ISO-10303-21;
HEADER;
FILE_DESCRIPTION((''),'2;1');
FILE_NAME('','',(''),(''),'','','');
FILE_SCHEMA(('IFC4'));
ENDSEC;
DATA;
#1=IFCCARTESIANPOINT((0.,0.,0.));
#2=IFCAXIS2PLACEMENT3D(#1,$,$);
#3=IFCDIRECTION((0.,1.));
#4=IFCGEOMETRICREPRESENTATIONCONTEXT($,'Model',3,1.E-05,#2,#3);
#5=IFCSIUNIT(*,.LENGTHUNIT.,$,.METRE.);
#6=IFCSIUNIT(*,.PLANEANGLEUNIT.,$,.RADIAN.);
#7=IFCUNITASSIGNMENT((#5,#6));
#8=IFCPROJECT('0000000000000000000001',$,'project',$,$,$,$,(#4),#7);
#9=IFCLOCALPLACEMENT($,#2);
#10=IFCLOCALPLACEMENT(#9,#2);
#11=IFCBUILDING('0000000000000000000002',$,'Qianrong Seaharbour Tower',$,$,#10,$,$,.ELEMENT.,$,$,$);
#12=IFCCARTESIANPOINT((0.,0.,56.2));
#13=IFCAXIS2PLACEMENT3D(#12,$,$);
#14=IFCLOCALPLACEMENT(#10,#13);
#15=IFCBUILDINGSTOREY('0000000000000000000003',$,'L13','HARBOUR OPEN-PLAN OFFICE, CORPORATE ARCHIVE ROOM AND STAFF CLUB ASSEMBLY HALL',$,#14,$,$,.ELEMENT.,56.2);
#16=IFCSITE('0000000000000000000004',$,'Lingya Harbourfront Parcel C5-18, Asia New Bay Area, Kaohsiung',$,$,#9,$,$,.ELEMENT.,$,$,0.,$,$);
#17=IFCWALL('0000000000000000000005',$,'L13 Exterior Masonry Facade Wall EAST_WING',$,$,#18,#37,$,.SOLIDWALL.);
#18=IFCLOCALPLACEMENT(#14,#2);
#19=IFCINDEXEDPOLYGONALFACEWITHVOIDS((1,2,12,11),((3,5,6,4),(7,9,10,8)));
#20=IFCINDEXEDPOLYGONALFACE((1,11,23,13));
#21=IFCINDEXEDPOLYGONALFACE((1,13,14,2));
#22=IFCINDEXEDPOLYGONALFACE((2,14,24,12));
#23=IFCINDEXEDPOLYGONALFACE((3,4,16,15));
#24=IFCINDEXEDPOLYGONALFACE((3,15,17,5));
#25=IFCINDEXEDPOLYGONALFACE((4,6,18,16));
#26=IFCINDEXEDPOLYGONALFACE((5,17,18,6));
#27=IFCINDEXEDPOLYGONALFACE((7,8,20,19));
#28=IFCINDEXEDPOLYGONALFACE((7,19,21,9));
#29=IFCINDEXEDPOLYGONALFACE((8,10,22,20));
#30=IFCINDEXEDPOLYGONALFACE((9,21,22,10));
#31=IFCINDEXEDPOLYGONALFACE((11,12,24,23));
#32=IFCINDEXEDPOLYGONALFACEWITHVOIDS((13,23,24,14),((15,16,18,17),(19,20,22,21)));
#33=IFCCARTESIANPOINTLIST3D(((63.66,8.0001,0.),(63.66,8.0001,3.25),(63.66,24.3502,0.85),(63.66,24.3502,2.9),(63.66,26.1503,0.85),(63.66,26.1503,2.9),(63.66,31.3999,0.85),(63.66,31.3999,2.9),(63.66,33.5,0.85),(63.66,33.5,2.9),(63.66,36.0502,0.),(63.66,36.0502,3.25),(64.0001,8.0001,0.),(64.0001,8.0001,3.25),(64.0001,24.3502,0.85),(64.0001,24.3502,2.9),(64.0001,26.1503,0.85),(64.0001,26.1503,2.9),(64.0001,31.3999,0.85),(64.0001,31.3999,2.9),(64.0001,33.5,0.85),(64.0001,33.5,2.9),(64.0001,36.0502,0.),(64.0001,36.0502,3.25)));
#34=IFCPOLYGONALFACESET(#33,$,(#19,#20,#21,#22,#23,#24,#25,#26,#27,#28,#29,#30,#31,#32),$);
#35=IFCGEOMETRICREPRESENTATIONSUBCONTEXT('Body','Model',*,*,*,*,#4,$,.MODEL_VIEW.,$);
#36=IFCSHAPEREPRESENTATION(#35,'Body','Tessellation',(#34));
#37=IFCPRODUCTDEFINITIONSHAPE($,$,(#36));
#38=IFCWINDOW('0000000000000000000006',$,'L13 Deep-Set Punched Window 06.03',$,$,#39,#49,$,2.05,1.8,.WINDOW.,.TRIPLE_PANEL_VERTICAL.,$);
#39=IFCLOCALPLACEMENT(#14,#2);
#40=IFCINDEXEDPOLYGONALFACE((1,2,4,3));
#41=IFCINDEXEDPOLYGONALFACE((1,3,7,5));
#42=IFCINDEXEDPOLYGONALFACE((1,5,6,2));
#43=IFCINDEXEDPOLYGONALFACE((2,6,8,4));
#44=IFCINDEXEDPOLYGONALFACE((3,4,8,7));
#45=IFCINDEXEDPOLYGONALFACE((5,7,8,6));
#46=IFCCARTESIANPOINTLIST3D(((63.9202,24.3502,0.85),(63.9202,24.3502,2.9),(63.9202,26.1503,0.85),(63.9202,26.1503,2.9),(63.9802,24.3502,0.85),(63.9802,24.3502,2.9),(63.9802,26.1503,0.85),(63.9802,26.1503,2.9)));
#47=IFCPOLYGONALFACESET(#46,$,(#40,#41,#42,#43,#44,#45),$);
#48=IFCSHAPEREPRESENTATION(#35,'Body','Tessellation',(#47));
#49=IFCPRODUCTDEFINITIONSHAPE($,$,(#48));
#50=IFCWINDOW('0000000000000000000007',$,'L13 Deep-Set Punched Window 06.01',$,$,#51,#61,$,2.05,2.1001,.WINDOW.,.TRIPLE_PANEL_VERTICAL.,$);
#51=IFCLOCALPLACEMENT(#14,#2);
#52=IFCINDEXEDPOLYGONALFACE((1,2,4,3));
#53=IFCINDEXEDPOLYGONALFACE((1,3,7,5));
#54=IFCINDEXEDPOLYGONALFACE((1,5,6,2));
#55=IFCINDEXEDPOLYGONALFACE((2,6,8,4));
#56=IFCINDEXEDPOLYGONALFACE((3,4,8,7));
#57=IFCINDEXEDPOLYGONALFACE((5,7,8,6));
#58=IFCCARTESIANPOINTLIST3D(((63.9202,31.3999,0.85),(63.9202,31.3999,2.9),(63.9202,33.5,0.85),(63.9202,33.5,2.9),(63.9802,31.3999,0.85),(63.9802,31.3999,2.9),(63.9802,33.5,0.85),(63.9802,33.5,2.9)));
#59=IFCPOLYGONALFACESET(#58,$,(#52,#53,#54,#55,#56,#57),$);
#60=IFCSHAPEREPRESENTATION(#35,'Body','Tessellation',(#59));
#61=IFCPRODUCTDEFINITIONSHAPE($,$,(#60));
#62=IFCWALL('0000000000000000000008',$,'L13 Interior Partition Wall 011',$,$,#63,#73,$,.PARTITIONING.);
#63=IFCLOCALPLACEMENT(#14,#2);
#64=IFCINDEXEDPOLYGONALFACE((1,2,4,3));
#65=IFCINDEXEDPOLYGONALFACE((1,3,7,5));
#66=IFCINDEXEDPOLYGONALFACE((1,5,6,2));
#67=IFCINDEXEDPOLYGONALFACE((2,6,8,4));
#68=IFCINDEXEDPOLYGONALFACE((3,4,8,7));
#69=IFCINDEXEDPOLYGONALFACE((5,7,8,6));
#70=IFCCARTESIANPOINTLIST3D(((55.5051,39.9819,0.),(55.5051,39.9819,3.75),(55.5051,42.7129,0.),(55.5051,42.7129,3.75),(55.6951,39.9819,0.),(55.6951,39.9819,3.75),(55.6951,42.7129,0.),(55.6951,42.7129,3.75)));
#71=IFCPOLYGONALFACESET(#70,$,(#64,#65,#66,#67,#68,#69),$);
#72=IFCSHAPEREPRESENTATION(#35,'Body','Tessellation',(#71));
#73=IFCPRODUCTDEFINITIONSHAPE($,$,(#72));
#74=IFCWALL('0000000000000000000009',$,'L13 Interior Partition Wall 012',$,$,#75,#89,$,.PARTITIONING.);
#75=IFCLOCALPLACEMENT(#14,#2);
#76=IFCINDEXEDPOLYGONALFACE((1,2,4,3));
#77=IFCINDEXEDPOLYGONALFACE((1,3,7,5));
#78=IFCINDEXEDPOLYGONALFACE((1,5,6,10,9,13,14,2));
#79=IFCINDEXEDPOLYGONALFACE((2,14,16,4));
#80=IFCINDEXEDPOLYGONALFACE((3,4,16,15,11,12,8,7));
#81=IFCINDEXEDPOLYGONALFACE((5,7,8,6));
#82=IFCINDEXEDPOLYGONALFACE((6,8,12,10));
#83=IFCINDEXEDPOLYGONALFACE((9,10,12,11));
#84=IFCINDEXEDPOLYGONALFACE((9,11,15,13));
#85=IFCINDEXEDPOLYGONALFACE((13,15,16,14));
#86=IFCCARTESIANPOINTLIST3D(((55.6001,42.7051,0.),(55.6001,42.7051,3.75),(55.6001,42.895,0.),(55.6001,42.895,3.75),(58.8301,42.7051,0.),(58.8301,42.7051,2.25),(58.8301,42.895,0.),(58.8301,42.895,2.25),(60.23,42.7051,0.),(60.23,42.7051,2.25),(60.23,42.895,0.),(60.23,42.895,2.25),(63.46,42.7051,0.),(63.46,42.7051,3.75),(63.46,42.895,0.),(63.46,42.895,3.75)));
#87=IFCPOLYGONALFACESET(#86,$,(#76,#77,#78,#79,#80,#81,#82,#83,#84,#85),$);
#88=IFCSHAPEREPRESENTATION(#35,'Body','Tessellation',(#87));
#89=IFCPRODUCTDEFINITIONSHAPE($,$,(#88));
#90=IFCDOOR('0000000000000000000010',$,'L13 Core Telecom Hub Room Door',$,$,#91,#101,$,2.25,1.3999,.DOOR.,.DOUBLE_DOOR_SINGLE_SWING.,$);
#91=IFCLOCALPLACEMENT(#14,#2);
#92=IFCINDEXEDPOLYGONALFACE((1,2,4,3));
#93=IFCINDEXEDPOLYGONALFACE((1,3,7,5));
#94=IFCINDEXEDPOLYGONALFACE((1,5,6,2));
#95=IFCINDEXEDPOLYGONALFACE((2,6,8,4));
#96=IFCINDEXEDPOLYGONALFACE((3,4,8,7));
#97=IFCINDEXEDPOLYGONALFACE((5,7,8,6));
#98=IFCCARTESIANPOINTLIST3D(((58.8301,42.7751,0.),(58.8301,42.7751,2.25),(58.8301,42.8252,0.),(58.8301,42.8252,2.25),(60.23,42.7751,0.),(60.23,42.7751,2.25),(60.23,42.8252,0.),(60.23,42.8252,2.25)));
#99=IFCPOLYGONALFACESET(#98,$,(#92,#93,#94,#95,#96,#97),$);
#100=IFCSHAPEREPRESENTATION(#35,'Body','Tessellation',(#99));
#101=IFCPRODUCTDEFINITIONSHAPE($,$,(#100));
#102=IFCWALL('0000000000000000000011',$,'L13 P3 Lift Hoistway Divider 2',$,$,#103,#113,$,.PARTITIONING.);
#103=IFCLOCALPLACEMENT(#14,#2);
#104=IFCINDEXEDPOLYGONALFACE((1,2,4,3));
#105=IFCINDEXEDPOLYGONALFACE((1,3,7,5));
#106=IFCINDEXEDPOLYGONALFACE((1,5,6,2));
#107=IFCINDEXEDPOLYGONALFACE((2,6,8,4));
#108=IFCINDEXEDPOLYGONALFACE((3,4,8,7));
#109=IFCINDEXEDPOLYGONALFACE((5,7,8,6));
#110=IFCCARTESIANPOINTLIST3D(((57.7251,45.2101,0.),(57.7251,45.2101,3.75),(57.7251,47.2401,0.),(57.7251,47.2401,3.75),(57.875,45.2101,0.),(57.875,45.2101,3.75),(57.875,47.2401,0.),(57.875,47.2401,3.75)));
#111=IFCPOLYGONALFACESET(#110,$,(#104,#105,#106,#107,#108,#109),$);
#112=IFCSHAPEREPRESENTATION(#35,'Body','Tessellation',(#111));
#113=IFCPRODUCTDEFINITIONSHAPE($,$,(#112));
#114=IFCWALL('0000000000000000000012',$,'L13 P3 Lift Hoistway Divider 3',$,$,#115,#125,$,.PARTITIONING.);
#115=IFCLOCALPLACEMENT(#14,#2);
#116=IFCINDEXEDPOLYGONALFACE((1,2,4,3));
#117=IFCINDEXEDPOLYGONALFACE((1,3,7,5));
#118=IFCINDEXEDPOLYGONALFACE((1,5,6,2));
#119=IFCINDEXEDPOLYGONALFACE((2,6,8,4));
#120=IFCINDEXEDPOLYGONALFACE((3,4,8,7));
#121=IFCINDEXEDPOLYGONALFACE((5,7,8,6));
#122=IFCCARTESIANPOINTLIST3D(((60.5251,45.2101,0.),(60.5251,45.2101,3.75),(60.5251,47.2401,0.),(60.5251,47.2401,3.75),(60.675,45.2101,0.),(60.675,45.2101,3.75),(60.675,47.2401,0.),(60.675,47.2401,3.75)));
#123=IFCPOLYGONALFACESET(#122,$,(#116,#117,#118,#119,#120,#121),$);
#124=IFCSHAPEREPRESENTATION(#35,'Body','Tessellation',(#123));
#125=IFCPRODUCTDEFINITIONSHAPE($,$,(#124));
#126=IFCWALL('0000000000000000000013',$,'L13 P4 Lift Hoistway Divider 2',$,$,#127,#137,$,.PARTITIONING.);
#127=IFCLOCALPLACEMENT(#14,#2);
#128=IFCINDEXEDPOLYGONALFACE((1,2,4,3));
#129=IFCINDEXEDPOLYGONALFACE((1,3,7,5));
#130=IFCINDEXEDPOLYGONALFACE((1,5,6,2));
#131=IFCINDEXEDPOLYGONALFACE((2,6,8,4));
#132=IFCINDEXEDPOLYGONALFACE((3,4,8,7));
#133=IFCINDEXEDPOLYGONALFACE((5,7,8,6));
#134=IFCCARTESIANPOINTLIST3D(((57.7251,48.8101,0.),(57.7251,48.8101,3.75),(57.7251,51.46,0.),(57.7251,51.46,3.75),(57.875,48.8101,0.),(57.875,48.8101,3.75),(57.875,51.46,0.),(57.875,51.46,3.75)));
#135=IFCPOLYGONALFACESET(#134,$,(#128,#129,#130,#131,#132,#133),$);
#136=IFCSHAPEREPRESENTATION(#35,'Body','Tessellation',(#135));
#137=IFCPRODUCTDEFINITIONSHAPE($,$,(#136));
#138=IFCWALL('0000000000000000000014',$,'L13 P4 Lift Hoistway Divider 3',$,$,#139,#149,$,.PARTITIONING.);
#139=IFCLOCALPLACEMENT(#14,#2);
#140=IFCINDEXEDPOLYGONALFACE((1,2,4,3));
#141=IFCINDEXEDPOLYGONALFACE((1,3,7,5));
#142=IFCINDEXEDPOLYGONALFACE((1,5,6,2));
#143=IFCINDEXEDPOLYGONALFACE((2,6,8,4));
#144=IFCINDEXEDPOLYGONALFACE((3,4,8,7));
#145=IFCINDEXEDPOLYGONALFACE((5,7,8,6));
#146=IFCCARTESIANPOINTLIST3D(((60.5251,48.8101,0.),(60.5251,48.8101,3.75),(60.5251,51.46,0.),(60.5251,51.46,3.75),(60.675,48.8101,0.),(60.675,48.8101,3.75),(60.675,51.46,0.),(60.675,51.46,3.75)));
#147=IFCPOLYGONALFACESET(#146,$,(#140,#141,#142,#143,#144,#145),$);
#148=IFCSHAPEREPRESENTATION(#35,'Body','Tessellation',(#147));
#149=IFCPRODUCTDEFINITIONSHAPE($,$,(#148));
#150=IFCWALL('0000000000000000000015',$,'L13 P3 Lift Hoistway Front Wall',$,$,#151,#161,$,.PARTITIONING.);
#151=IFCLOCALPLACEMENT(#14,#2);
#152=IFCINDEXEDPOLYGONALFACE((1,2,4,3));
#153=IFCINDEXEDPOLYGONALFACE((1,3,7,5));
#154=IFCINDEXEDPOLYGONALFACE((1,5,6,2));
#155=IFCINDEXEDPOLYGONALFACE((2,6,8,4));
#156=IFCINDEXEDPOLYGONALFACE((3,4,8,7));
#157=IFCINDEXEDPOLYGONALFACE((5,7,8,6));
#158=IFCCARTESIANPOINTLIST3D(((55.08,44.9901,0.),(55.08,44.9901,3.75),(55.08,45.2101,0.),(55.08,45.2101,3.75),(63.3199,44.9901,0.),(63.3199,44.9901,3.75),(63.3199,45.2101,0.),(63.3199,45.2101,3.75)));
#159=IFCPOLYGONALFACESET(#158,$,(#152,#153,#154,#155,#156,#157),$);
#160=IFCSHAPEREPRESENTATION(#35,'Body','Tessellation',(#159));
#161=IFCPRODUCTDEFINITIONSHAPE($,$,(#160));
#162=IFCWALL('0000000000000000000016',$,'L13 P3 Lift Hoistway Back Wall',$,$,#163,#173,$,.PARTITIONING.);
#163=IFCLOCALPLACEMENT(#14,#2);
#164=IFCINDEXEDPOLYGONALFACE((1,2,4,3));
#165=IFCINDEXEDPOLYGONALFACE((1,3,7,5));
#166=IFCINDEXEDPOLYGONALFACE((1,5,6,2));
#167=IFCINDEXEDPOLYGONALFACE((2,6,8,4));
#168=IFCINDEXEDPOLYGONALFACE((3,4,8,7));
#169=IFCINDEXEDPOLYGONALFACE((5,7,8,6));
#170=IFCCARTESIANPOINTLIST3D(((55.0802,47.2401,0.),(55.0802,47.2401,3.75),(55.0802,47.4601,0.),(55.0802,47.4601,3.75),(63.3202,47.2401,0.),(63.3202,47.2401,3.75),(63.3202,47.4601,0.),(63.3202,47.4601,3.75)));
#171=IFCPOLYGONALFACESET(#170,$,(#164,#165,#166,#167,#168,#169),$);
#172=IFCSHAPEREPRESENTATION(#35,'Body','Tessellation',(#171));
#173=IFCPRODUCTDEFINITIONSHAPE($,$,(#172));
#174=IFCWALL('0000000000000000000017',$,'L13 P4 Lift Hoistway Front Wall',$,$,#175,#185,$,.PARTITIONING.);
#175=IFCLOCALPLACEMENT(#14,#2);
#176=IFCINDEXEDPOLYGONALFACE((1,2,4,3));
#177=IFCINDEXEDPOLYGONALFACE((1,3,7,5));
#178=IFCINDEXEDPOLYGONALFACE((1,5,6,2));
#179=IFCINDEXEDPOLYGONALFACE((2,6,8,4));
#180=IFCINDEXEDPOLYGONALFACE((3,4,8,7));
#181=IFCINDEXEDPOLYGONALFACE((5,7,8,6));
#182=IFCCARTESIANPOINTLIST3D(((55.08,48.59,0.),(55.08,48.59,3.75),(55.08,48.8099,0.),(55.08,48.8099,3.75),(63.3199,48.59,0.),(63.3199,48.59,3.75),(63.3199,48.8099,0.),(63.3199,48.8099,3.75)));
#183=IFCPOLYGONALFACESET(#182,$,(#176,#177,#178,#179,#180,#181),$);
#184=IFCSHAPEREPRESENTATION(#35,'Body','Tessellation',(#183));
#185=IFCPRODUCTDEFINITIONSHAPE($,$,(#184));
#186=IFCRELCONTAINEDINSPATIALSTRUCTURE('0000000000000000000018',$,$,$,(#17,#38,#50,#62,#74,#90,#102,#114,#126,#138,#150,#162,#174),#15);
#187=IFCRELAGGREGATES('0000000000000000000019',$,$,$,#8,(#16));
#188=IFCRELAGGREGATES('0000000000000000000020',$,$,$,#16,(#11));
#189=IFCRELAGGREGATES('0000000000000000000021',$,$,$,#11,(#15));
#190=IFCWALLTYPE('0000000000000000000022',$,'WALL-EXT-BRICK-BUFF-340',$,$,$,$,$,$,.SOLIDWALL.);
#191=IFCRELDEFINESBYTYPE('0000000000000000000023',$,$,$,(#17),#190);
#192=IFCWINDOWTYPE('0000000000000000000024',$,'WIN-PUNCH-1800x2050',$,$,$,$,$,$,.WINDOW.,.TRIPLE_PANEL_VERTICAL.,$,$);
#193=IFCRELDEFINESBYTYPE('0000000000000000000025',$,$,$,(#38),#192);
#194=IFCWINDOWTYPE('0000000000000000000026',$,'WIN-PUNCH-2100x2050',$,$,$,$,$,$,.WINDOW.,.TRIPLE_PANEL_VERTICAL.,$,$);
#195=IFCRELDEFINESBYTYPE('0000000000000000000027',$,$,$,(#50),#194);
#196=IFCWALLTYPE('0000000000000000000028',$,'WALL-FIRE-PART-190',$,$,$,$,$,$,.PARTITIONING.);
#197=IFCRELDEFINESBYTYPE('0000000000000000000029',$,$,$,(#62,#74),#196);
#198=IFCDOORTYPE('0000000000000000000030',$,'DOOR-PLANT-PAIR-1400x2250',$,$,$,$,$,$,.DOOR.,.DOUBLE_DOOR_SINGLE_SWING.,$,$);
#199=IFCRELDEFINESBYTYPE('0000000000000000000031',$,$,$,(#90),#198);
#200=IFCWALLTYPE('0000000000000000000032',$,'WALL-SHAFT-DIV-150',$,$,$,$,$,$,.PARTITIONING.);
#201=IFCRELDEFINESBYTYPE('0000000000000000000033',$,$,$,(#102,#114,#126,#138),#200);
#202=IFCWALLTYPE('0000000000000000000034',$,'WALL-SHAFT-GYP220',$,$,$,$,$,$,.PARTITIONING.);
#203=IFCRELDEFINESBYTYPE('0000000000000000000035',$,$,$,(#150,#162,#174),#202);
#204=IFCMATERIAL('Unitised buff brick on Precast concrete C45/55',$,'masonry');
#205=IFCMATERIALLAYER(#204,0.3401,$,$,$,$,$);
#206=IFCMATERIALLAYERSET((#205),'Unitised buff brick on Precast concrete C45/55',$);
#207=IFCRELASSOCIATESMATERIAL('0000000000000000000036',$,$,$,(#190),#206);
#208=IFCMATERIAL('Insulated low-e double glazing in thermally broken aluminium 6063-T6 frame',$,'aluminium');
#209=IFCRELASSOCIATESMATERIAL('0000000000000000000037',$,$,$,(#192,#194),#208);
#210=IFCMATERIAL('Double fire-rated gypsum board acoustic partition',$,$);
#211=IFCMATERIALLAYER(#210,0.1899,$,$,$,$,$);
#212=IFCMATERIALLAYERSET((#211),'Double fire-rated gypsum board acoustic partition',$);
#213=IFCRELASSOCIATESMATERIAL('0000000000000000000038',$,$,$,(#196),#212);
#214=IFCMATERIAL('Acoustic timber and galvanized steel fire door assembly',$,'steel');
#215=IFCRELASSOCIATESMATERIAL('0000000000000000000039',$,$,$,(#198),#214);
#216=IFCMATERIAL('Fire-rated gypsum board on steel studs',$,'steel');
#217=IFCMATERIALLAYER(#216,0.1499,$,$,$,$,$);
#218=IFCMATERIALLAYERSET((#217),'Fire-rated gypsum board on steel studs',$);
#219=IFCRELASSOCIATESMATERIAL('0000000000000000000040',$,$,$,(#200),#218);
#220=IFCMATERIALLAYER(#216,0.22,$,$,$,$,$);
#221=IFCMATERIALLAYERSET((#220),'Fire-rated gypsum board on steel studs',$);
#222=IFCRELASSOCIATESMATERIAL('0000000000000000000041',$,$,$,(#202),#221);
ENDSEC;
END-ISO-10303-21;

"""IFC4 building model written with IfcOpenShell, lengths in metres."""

from ifc_helpers import new_model, si_unit, direction, frame, frame_2d, origin, place, context, subcontext, project, spatial, rectangle, extrude, material, layer, layer_set, type_object, element, fill, save


model = new_model("IFC4")

# Units and contexts
model_context = context("Model", 3, precision=1e-05, world=origin(), true_north=direction((0.0, 1.0)))
body_context = subcontext(model_context, "Body", "Model", "MODEL_VIEW")
ifc_project = project(units=[si_unit("LENGTHUNIT", "METRE"), si_unit("PLANEANGLEUNIT", "RADIAN")], contexts=[model_context])

# Site, building, storey
site_placement = place(None, origin())
site = spatial("IfcSite", under=ifc_project, at=site_placement, Name="Lingya Harbourfront Parcel C5-18, Asia New Bay Area, Kaohsiung", CompositionType="ELEMENT", RefElevation=0.0)
building_placement = place(site_placement, origin())
building = spatial("IfcBuilding", under=site, at=building_placement, Name="Qianrong Seaharbour Tower", CompositionType="ELEMENT")
storey_placement = place(building_placement, frame((0.0, 0.0, 56.2)))
storey = spatial("IfcBuildingStorey", under=building, at=storey_placement, Name="L13", Description="HARBOUR OPEN-PLAN OFFICE, CORPORATE ARCHIVE ROOM AND STAFF CLUB ASSEMBLY HALL", CompositionType="ELEMENT", Elevation=56.2)

# Wall, openings, windows
ifc_material_1 = material(Name="Unitised buff brick on Precast concrete C45/55", Category="masonry")
ifc_layer_1 = layer(ifc_material_1, 0.3401)
ifc_layer_set_1 = layer_set([ifc_layer_1], Name="Unitised buff brick on Precast concrete C45/55")
wall_type_1 = type_object("IfcWallType", Name="WALL-EXT-BRICK-BUFF-340", PredefinedType="SOLIDWALL", material=ifc_layer_set_1)
wall_1_placement = place(storey_placement, frame((63.8301, 36.05, 0.0), z_axis=(0.0, 0.0, 1.0), x_axis=(0.0, -1.0, 0.0)))
wall_1 = element("IfcWall", 1, at=wall_1_placement, inside=storey, type_object=wall_type_1, Name="L13 Exterior Masonry Facade Wall EAST_WING", PredefinedType="SOLIDWALL", context=body_context, shape_type="SweptSolid", body=[
    extrude(rectangle(XDim=28.05, YDim=0.3401, at=frame_2d((14.0249, 0.0))), origin(), (0.0, 0.0, 1.0), 3.25),
])
opening_1_placement = place(wall_1_placement, frame((2.55, 0.0, 0.8501)))
opening_1 = element("IfcOpeningElement", 2, at=opening_1_placement, cuts=wall_1, PredefinedType="OPENING", context=body_context, shape_type="SweptSolid", body=[
    extrude(rectangle(XDim=2.1001, YDim=2.05, at=frame_2d((1.05, 1.0249))), frame((0.0, 0.1802, 0.0), z_axis=(0.0, -1.0, 0.0), x_axis=(1.0, 0.0, 0.0)), (0.0, 0.0, 1.0), 0.3601),
])
opening_2_placement = place(wall_1_placement, frame((9.8999, 0.0, 0.8501)))
opening_2 = element("IfcOpeningElement", 3, at=opening_2_placement, cuts=wall_1, PredefinedType="OPENING", context=body_context, shape_type="SweptSolid", body=[
    extrude(rectangle(XDim=1.8, YDim=2.05, at=frame_2d((0.8999, 1.0249))), frame((0.0, 0.1802, 0.0), z_axis=(0.0, -1.0, 0.0), x_axis=(1.0, 0.0, 0.0)), (0.0, 0.0, 1.0), 0.3601),
])
ifc_material_2 = material(Name="Insulated low-e double glazing in thermally broken aluminium 6063-T6 frame", Category="aluminium")
window_type_1 = type_object("IfcWindowType", Name="WIN-PUNCH-1800x2050", PartitioningType="TRIPLE_PANEL_VERTICAL", PredefinedType="WINDOW", material=ifc_material_2)
window_1_placement = place(opening_2_placement, origin())
window_1 = element("IfcWindow", 4, at=window_1_placement, inside=storey, type_object=window_type_1, Name="L13 Deep-Set Punched Window 06.03", OverallHeight=2.05, OverallWidth=1.8, PartitioningType="TRIPLE_PANEL_VERTICAL", PredefinedType="WINDOW", context=body_context, shape_type="SweptSolid", body=[
    extrude(rectangle(XDim=1.8, YDim=2.05, at=frame_2d((0.8999, 1.0249))), frame((0.0, 0.1501, 0.0), z_axis=(0.0, -1.0, 0.0), x_axis=(1.0, 0.0, 0.0)), (0.0, 0.0, 1.0), 0.0601),
])
fill(opening_2, window_1)
window_type_2 = type_object("IfcWindowType", Name="WIN-PUNCH-2100x2050", PartitioningType="TRIPLE_PANEL_VERTICAL", PredefinedType="WINDOW", material=ifc_material_2)
window_2_placement = place(opening_1_placement, origin())
window_2 = element("IfcWindow", 5, at=window_2_placement, inside=storey, type_object=window_type_2, Name="L13 Deep-Set Punched Window 06.01", OverallHeight=2.05, OverallWidth=2.1001, PartitioningType="TRIPLE_PANEL_VERTICAL", PredefinedType="WINDOW", context=body_context, shape_type="SweptSolid", body=[
    extrude(rectangle(XDim=2.1001, YDim=2.05, at=frame_2d((1.05, 1.0249))), frame((0.0, 0.1501, 0.0), z_axis=(0.0, -1.0, 0.0), x_axis=(1.0, 0.0, 0.0)), (0.0, 0.0, 1.0), 0.0601),
])
fill(opening_1, window_2)

# Wall
ifc_material_3 = material(Name="Double fire-rated gypsum board acoustic partition")
ifc_layer_2 = layer(ifc_material_3, 0.1899)
ifc_layer_set_2 = layer_set([ifc_layer_2], Name="Double fire-rated gypsum board acoustic partition")
wall_type_2 = type_object("IfcWallType", Name="WALL-FIRE-PART-190", PredefinedType="PARTITIONING", material=ifc_layer_set_2)
wall_2_placement = place(storey_placement, frame((55.6001, 42.7129, 0.0), z_axis=(0.0, 0.0, 1.0), x_axis=(0.0, -1.0, 0.0)))
element("IfcWall", 6, at=wall_2_placement, inside=storey, type_object=wall_type_2, Name="L13 Interior Partition Wall 011", PredefinedType="PARTITIONING", context=body_context, shape_type="SweptSolid", body=[
    extrude(rectangle(XDim=2.731, YDim=0.1899, at=frame_2d((1.3655, 0.0))), origin(), (0.0, 0.0, 1.0), 3.75),
])

# Wall, opening, door
wall_3_placement = place(storey_placement, frame((63.46, 42.8, 0.0), z_axis=(0.0, 0.0, 1.0), x_axis=(-1.0, 0.0, 0.0)))
wall_3 = element("IfcWall", 7, at=wall_3_placement, inside=storey, type_object=wall_type_2, Name="L13 Interior Partition Wall 012", PredefinedType="PARTITIONING", context=body_context, shape_type="SweptSolid", body=[
    extrude(rectangle(XDim=7.8599, YDim=0.1899, at=frame_2d((3.9299, 0.0))), origin(), (0.0, 0.0, 1.0), 3.75),
])
opening_3_placement = place(wall_3_placement, frame((3.23, 0.0, 0.0)))
opening_3 = element("IfcOpeningElement", 8, at=opening_3_placement, cuts=wall_3, PredefinedType="OPENING", context=body_context, shape_type="SweptSolid", body=[
    extrude(rectangle(XDim=1.3999, YDim=2.25, at=frame_2d((0.7, 1.125))), frame((0.0, 0.105, 0.0), z_axis=(0.0, -1.0, 0.0), x_axis=(1.0, 0.0, 0.0)), (0.0, 0.0, 1.0), 0.21),
])
ifc_material_4 = material(Name="Acoustic timber and galvanized steel fire door assembly", Category="steel")
door_type_1 = type_object("IfcDoorType", Name="DOOR-PLANT-PAIR-1400x2250", OperationType="DOUBLE_DOOR_SINGLE_SWING", PredefinedType="DOOR", material=ifc_material_4)
door_1_placement = place(opening_3_placement, origin())
door_1 = element("IfcDoor", 9, at=door_1_placement, inside=storey, type_object=door_type_1, Name="L13 Core Telecom Hub Room Door", OperationType="DOUBLE_DOOR_SINGLE_SWING", OverallHeight=2.25, OverallWidth=1.3999, PredefinedType="DOOR", context=body_context, shape_type="SweptSolid", body=[
    extrude(rectangle(XDim=1.3999, YDim=2.25, at=frame_2d((0.7, 1.125))), frame((0.0, 0.0249, 0.0), z_axis=(0.0, -1.0, 0.0), x_axis=(1.0, 0.0, 0.0)), (0.0, 0.0, 1.0), 0.05),
])
fill(opening_3, door_1)

# Walls
ifc_material_5 = material(Name="Fire-rated gypsum board on steel studs", Category="steel")
ifc_layer_3 = layer(ifc_material_5, 0.1499)
ifc_layer_set_3 = layer_set([ifc_layer_3], Name="Fire-rated gypsum board on steel studs")
wall_type_3 = type_object("IfcWallType", Name="WALL-SHAFT-DIV-150", PredefinedType="PARTITIONING", material=ifc_layer_set_3)
for number, where, z_axis, x_axis, name in (
    (10, (57.8, 45.21, 0.0), (0.0, 0.0, 1.0), (0.0, 1.0, 0.0), "L13 P3 Lift Hoistway Divider 2"),
    (11, (60.6001, 45.21, 0.0), (0.0, 0.0, 1.0), (0.0, 1.0, 0.0), "L13 P3 Lift Hoistway Divider 3"),
):
    element("IfcWall", number, at=place(storey_placement, frame(where, z_axis=z_axis, x_axis=x_axis)), inside=storey, type_object=wall_type_3, Name=name, PredefinedType="PARTITIONING", context=body_context, shape_type="SweptSolid", body=[
        extrude(rectangle(XDim=2.03, YDim=0.1499, at=frame_2d((1.0151, 0.0))), origin(), (0.0, 0.0, 1.0), 3.75),
    ])
for number, where, z_axis, x_axis, name in (
    (12, (57.8, 48.8101, 0.0), (0.0, 0.0, 1.0), (0.0, 1.0, 0.0), "L13 P4 Lift Hoistway Divider 2"),
    (13, (60.6001, 48.8101, 0.0), (0.0, 0.0, 1.0), (0.0, 1.0, 0.0), "L13 P4 Lift Hoistway Divider 3"),
):
    element("IfcWall", number, at=place(storey_placement, frame(where, z_axis=z_axis, x_axis=x_axis)), inside=storey, type_object=wall_type_3, Name=name, PredefinedType="PARTITIONING", context=body_context, shape_type="SweptSolid", body=[
        extrude(rectangle(XDim=2.6499, YDim=0.1499, at=frame_2d((1.325, 0.0))), origin(), (0.0, 0.0, 1.0), 3.75),
    ])
ifc_layer_4 = layer(ifc_material_5, 0.22)
ifc_layer_set_4 = layer_set([ifc_layer_4], Name="Fire-rated gypsum board on steel studs")
wall_type_4 = type_object("IfcWallType", Name="WALL-SHAFT-GYP220", PredefinedType="PARTITIONING", material=ifc_layer_set_4)
for number, where, z_axis, x_axis, name in (
    (14, (63.3201, 45.1001, 0.0), (0.0, 0.0, 1.0), (-1.0, 0.0, 0.0), "L13 P3 Lift Hoistway Front Wall"),
    (15, (55.0801, 47.3501, 0.0), (0.0, 0.0, 1.0), (1.0, 0.0, 0.0), "L13 P3 Lift Hoistway Back Wall"),
    (16, (63.3201, 48.7, 0.0), (0.0, 0.0, 1.0), (-1.0, 0.0, 0.0), "L13 P4 Lift Hoistway Front Wall"),
):
    element("IfcWall", number, at=place(storey_placement, frame(where, z_axis=z_axis, x_axis=x_axis)), inside=storey, type_object=wall_type_4, Name=name, PredefinedType="PARTITIONING", context=body_context, shape_type="SweptSolid", body=[
        extrude(rectangle(XDim=8.24, YDim=0.22, at=frame_2d((4.1201, 0.0))), origin(), (0.0, 0.0, 1.0), 3.75),
    ])

save(model, "model.ifc")
